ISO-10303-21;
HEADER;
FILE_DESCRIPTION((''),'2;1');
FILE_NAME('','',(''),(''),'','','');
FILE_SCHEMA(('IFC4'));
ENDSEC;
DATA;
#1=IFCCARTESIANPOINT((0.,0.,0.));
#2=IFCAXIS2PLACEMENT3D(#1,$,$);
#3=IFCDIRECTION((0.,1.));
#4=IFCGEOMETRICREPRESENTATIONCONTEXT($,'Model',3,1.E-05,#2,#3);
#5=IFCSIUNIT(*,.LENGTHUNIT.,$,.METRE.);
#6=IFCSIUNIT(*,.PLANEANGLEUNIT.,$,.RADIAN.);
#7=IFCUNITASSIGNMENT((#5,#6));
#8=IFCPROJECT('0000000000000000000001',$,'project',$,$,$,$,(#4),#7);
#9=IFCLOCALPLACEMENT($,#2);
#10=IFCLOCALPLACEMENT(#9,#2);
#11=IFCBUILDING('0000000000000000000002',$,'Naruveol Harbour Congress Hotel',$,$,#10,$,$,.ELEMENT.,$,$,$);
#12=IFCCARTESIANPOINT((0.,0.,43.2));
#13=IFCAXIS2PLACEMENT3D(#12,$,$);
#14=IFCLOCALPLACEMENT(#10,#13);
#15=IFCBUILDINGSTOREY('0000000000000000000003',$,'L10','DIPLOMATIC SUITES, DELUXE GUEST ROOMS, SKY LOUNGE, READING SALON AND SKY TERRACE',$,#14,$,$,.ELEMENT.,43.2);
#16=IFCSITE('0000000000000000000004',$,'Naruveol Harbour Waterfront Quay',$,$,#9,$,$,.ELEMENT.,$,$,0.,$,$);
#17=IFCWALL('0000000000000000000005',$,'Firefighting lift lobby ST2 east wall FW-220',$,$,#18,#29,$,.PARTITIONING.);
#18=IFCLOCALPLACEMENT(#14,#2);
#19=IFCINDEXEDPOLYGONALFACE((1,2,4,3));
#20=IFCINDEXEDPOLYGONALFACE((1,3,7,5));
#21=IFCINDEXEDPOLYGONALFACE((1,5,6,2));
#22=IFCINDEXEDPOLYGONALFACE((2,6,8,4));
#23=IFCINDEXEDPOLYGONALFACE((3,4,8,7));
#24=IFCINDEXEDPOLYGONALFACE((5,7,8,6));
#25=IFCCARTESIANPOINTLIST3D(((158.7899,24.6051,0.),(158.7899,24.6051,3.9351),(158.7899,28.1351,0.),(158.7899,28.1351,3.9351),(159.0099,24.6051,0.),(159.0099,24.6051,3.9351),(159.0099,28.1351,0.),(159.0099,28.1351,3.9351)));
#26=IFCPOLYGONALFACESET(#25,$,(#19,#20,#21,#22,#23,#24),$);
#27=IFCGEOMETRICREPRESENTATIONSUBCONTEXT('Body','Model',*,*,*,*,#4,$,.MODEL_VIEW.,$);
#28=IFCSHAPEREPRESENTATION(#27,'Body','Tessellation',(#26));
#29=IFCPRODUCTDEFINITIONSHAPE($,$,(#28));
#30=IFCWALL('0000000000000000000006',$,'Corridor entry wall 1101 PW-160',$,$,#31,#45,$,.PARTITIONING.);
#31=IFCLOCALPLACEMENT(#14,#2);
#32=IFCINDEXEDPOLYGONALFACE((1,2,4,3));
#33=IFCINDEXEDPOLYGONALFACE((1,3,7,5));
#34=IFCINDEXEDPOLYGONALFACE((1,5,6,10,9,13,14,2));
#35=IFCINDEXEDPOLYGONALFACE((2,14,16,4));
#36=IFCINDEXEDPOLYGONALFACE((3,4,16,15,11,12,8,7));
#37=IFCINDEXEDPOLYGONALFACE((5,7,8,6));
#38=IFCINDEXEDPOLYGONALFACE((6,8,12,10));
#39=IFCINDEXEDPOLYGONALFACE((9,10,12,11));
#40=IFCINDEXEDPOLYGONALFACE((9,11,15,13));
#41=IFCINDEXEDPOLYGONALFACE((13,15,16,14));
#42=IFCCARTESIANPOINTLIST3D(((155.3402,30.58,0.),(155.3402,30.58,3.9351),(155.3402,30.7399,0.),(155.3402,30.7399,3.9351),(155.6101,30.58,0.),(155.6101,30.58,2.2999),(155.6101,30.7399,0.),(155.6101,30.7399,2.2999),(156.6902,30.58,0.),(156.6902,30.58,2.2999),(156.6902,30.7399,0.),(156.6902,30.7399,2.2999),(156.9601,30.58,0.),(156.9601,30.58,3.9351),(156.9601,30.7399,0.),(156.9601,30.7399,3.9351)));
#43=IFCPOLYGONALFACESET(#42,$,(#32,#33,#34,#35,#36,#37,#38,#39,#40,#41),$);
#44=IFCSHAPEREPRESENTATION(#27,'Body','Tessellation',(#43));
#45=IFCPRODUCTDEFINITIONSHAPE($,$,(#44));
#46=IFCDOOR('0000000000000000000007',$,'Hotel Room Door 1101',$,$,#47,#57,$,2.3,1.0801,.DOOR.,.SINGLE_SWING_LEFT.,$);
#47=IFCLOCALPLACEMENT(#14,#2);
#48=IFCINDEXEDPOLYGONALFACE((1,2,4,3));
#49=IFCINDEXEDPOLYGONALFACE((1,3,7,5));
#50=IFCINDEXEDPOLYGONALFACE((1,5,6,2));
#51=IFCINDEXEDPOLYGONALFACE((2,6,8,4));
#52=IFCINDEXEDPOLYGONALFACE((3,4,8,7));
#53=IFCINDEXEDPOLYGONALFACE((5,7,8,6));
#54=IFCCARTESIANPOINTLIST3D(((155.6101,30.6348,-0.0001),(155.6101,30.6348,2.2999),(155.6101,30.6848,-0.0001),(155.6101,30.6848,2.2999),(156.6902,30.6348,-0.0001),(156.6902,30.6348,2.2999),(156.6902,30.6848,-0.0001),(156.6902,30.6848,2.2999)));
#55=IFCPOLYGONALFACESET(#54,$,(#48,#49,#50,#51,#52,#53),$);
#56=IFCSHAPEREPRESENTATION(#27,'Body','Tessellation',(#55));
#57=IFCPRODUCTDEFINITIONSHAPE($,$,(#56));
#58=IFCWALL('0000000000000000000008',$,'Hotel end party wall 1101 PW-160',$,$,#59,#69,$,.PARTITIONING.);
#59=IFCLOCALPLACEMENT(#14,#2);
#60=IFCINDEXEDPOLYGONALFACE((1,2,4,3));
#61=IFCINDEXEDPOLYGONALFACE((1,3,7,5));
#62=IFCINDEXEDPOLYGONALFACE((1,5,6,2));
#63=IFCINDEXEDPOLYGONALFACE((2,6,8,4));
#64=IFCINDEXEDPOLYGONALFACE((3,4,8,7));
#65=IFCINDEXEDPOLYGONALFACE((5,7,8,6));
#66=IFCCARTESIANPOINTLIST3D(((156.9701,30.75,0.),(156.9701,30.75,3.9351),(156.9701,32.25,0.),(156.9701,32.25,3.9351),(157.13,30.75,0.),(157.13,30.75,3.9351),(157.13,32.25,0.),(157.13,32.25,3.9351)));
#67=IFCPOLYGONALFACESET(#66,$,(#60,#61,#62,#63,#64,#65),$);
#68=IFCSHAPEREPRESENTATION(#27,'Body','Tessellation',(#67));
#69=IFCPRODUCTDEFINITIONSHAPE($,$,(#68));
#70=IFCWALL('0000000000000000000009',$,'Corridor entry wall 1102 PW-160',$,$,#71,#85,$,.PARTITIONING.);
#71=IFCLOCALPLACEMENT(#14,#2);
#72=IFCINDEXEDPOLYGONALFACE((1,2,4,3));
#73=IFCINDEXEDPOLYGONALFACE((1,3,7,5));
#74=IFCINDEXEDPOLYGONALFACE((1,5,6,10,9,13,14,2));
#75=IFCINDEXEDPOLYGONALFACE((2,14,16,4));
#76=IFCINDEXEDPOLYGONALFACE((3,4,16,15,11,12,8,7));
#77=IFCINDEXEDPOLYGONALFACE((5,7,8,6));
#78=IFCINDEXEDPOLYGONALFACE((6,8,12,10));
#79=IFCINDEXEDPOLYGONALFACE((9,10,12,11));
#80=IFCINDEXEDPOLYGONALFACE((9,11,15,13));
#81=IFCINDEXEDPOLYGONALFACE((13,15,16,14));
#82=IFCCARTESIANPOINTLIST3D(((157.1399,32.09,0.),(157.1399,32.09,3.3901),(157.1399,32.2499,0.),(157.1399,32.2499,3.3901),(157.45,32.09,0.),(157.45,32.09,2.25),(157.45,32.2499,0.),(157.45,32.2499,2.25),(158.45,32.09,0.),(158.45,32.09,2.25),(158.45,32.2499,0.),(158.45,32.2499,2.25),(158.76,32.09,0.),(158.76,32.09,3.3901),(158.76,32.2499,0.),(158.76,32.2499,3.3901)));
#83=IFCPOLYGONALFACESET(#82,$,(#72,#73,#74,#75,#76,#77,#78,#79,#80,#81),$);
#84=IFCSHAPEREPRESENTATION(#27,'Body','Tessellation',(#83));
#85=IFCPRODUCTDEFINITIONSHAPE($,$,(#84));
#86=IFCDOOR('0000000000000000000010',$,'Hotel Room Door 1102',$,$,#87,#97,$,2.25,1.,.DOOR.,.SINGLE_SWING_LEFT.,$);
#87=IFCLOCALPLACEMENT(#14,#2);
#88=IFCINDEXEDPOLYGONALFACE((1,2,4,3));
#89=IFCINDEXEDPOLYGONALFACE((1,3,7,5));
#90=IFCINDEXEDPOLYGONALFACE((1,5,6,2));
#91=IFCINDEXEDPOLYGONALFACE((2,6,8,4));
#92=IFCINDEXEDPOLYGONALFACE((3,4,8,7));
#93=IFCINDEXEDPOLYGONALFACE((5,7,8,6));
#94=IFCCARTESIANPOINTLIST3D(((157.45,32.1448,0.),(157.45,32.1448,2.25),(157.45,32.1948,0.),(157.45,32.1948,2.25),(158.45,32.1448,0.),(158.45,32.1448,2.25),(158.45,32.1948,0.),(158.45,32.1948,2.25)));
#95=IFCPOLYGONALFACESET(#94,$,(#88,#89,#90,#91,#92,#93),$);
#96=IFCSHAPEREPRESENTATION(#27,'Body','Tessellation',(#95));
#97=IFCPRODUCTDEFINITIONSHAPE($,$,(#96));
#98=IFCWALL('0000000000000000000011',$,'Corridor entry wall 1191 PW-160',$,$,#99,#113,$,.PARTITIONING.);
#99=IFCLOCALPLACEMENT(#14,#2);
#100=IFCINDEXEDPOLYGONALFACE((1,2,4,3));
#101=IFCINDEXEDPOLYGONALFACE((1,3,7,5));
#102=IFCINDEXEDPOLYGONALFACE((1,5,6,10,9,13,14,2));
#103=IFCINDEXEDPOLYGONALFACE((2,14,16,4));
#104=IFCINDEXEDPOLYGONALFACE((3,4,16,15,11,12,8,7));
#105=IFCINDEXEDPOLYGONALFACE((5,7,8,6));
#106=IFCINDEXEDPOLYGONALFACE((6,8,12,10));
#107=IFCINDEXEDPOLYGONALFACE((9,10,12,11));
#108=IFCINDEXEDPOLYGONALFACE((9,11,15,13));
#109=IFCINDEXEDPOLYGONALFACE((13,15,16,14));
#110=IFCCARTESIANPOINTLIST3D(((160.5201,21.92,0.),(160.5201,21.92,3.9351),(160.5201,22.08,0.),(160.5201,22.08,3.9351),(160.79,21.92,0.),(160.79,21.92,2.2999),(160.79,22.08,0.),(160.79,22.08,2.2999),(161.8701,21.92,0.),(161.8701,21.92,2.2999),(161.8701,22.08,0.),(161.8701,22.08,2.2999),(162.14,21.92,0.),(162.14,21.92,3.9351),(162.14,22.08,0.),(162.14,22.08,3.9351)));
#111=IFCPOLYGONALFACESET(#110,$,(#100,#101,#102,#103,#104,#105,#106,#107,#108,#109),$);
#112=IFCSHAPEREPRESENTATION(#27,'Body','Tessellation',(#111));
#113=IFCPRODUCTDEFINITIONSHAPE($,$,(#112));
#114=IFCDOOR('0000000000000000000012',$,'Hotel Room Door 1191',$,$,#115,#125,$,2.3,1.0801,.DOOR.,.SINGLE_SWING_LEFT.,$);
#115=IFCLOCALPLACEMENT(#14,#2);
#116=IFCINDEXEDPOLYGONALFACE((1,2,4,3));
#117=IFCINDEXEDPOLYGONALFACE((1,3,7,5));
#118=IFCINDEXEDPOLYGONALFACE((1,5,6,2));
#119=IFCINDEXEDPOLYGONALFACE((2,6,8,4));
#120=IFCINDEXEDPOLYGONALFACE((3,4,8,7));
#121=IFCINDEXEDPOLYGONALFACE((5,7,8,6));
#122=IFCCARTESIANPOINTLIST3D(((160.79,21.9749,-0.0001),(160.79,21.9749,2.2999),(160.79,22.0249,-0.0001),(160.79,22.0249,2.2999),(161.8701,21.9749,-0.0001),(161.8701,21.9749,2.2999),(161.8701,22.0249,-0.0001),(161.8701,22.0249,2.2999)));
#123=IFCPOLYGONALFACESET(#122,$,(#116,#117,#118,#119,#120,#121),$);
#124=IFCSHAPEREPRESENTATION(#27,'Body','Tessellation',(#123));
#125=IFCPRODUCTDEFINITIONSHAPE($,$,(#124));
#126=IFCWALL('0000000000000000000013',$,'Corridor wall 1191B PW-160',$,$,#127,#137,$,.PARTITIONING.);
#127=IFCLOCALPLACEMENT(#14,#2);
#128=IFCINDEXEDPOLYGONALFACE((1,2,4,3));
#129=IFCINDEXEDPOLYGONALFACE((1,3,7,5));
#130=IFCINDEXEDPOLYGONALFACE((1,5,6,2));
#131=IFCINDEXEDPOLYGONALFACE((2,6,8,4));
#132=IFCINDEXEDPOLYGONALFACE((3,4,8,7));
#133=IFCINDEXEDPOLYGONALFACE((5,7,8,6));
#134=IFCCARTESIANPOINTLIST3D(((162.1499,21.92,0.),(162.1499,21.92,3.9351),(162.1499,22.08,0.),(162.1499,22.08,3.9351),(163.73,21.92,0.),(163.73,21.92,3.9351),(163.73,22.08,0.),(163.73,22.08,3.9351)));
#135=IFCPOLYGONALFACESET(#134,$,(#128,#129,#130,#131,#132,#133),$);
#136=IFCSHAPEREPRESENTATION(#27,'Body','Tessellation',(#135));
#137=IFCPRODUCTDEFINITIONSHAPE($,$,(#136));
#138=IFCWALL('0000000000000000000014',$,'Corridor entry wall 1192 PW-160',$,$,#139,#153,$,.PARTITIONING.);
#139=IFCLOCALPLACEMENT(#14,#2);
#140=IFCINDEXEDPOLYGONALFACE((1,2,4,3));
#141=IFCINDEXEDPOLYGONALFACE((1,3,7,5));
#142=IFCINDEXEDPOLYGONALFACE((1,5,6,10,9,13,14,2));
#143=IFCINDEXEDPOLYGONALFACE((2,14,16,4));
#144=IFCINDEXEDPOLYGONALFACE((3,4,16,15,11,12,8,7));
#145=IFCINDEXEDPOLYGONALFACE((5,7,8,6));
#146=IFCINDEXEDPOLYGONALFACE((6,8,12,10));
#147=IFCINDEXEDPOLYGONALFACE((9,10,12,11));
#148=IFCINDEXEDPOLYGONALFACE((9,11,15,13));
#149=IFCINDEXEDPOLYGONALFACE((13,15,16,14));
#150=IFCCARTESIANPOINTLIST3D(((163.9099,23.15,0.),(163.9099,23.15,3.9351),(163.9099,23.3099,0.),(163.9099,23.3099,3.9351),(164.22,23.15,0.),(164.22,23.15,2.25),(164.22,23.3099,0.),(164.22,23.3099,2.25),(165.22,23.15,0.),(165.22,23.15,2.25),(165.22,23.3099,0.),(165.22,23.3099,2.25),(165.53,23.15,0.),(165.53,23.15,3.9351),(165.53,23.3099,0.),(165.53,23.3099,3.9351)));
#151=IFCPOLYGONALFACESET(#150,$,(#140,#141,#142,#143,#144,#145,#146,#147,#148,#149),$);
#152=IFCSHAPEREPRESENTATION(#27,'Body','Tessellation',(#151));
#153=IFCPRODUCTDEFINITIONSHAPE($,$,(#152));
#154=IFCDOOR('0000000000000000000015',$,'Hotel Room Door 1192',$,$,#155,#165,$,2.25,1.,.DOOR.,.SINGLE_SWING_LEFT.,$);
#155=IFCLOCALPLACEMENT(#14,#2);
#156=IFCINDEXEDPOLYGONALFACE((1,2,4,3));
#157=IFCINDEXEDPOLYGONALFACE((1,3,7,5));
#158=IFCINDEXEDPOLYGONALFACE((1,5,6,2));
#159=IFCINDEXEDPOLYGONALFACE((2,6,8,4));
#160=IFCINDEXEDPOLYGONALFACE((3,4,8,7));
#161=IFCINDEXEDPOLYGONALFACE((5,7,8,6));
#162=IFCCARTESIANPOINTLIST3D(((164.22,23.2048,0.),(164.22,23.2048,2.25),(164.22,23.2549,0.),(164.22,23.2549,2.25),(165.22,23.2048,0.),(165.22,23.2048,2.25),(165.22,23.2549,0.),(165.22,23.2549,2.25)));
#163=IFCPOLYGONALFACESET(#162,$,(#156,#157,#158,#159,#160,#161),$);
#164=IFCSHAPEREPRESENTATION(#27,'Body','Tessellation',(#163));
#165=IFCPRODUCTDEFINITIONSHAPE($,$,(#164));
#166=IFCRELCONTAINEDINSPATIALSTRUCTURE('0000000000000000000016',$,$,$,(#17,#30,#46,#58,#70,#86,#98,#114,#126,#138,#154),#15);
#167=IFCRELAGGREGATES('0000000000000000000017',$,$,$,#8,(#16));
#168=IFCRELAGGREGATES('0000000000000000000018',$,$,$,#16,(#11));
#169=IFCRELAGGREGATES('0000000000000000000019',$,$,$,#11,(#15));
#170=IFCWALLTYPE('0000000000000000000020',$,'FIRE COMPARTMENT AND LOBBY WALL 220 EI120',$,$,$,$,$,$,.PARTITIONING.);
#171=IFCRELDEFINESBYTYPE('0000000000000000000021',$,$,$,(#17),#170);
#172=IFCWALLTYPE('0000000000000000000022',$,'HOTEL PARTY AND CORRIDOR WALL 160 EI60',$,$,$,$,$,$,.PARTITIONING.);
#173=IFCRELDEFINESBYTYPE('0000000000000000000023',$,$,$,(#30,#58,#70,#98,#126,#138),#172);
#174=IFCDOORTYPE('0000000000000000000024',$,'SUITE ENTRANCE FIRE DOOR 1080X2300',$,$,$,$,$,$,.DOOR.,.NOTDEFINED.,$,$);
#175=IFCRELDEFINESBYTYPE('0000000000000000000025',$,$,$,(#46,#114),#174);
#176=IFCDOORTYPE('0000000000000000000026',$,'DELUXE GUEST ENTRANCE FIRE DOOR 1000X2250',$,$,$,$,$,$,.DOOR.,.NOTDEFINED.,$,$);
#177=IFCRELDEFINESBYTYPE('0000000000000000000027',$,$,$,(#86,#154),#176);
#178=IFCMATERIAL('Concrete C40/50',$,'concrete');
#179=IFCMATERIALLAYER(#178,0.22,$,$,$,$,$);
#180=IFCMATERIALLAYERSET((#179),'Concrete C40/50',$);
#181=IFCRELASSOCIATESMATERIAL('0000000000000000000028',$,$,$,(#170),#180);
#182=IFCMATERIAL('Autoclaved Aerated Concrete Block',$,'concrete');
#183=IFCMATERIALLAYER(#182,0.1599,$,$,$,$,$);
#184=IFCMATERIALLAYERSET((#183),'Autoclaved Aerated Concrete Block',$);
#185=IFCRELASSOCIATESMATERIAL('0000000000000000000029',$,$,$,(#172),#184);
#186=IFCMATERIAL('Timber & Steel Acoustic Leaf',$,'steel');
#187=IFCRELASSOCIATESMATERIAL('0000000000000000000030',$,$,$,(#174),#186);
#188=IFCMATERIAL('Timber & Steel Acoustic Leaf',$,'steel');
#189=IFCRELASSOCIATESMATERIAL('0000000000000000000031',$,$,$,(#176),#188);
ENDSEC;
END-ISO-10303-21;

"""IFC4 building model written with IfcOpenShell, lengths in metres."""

from ifc_helpers import new_model, si_unit, direction, frame, frame_2d, origin, place, context, subcontext, project, spatial, rectangle, extrude, material, layer, layer_set, type_object, element, fill, save


model = new_model("IFC4")

# Units and contexts
model_context = context("Model", 3, precision=1e-05, world=origin(), true_north=direction((0.0, 1.0)))
body_context = subcontext(model_context, "Body", "Model", "MODEL_VIEW")
ifc_project = project(units=[si_unit("LENGTHUNIT", "METRE"), si_unit("PLANEANGLEUNIT", "RADIAN")], contexts=[model_context])

# Site, building, storey
site_placement = place(None, origin())
site = spatial("IfcSite", under=ifc_project, at=site_placement, Name="Naruveol Harbour Waterfront Quay", CompositionType="ELEMENT", RefElevation=0.0)
building_placement = place(site_placement, origin())
building = spatial("IfcBuilding", under=site, at=building_placement, Name="Naruveol Harbour Congress Hotel", CompositionType="ELEMENT")
storey_placement = place(building_placement, frame((0.0, 0.0, 43.2)))
storey = spatial("IfcBuildingStorey", under=building, at=storey_placement, Name="L10", Description="DIPLOMATIC SUITES, DELUXE GUEST ROOMS, SKY LOUNGE, READING SALON AND SKY TERRACE", CompositionType="ELEMENT", Elevation=43.2)

# Wall
ifc_material_1 = material(Name="Concrete C40/50", Category="concrete")
ifc_layer_1 = layer(ifc_material_1, 0.22)
ifc_layer_set_1 = layer_set([ifc_layer_1], Name="Concrete C40/50")
wall_type_1 = type_object("IfcWallType", Name="FIRE COMPARTMENT AND LOBBY WALL 220 EI120", PredefinedType="PARTITIONING", material=ifc_layer_set_1)
wall_1_placement = place(storey_placement, frame((158.8999, 24.605, 0.0), z_axis=(0.0, 0.0, 1.0), x_axis=(0.0, 1.0, 0.0)))
element("IfcWall", 1, at=wall_1_placement, inside=storey, type_object=wall_type_1, Name="Firefighting lift lobby ST2 east wall FW-220", PredefinedType="PARTITIONING", context=body_context, shape_type="SweptSolid", body=[
    extrude(rectangle(XDim=3.53, YDim=0.22, at=frame_2d((1.7651, 0.0))), origin(), (0.0, 0.0, 1.0), 3.9351),
])

# Wall, opening, door
ifc_material_2 = material(Name="Autoclaved Aerated Concrete Block", Category="concrete")
ifc_layer_2 = layer(ifc_material_2, 0.1599)
ifc_layer_set_2 = layer_set([ifc_layer_2], Name="Autoclaved Aerated Concrete Block")
wall_type_2 = type_object("IfcWallType", Name="HOTEL PARTY AND CORRIDOR WALL 160 EI60", PredefinedType="PARTITIONING", material=ifc_layer_set_2)
wall_2_placement = place(storey_placement, frame((155.3401, 30.6599, 0.0), z_axis=(0.0, 0.0, 1.0), x_axis=(1.0, 0.0, 0.0)))
wall_2 = element("IfcWall", 2, at=wall_2_placement, inside=storey, type_object=wall_type_2, Name="Corridor entry wall 1101 PW-160", PredefinedType="PARTITIONING", context=body_context, shape_type="SweptSolid", body=[
    extrude(rectangle(XDim=1.6199, YDim=0.1599, at=frame_2d((0.8101, 0.0))), origin(), (0.0, 0.0, 1.0), 3.9351),
])
opening_1_placement = place(wall_2_placement, frame((0.27, 0.0, 0.0)))
opening_1 = element("IfcOpeningElement", 3, at=opening_1_placement, cuts=wall_2, PredefinedType="OPENING", context=body_context, shape_type="SweptSolid", body=[
    extrude(rectangle(XDim=1.0801, YDim=2.3, at=frame_2d((0.54, 1.1499))), frame((0.0, 0.0898, 0.0), z_axis=(0.0, -1.0, 0.0), x_axis=(1.0, 0.0, 0.0)), (0.0, 0.0, 1.0), 0.1799),
])
ifc_material_3 = material(Name="Timber & Steel Acoustic Leaf", Category="steel")
door_type_1 = type_object("IfcDoorType", Name="SUITE ENTRANCE FIRE DOOR 1080X2300", OperationType="NOTDEFINED", PredefinedType="DOOR", material=ifc_material_3)
door_1_placement = place(opening_1_placement, origin())
door_1 = element("IfcDoor", 4, at=door_1_placement, inside=storey, type_object=door_type_1, Name="Hotel Room Door 1101", OperationType="SINGLE_SWING_LEFT", OverallHeight=2.3, OverallWidth=1.0801, PredefinedType="DOOR", context=body_context, shape_type="SweptSolid", body=[
    extrude(rectangle(XDim=1.0801, YDim=2.3, at=frame_2d((0.54, 1.1499))), frame((0.0, 0.0249, 0.0), z_axis=(0.0, -1.0, 0.0), x_axis=(1.0, 0.0, 0.0)), (0.0, 0.0, 1.0), 0.05),
])
fill(opening_1, door_1)

# Wall
wall_3_placement = place(storey_placement, frame((157.05, 30.75, 0.0), z_axis=(0.0, 0.0, 1.0), x_axis=(0.0, 1.0, 0.0)))
element("IfcWall", 5, at=wall_3_placement, inside=storey, type_object=wall_type_2, Name="Hotel end party wall 1101 PW-160", PredefinedType="PARTITIONING", context=body_context, shape_type="SweptSolid", body=[
    extrude(rectangle(XDim=1.5, YDim=0.1599, at=frame_2d((0.75, 0.0))), origin(), (0.0, 0.0, 1.0), 3.9351),
])

# Walls, openings, doors
wall_4_placement = place(storey_placement, frame((157.1399, 32.1699, 0.0), z_axis=(0.0, 0.0, 1.0), x_axis=(1.0, 0.0, 0.0)))
wall_4 = element("IfcWall", 6, at=wall_4_placement, inside=storey, type_object=wall_type_2, Name="Corridor entry wall 1102 PW-160", PredefinedType="PARTITIONING", context=body_context, shape_type="SweptSolid", body=[
    extrude(rectangle(XDim=1.6201, YDim=0.1599, at=frame_2d((0.8101, 0.0))), origin(), (0.0, 0.0, 1.0), 3.3901),
])
opening_2_placement = place(wall_4_placement, frame((0.3101, 0.0, 0.0)))
opening_2 = element("IfcOpeningElement", 7, at=opening_2_placement, cuts=wall_4, PredefinedType="OPENING", context=body_context, shape_type="SweptSolid", body=[
    extrude(rectangle(XDim=1.0, YDim=2.25, at=frame_2d((0.5, 1.125))), frame((0.0, 0.0898, 0.0), z_axis=(0.0, -1.0, 0.0), x_axis=(1.0, 0.0, 0.0)), (0.0, 0.0, 1.0), 0.1799),
])
ifc_material_4 = material(Name="Timber & Steel Acoustic Leaf", Category="steel")
door_type_2 = type_object("IfcDoorType", Name="DELUXE GUEST ENTRANCE FIRE DOOR 1000X2250", OperationType="NOTDEFINED", PredefinedType="DOOR", material=ifc_material_4)
door_2_placement = place(opening_2_placement, origin())
door_2 = element("IfcDoor", 8, at=door_2_placement, inside=storey, type_object=door_type_2, Name="Hotel Room Door 1102", OperationType="SINGLE_SWING_LEFT", OverallHeight=2.25, OverallWidth=1.0, PredefinedType="DOOR", context=body_context, shape_type="SweptSolid", body=[
    extrude(rectangle(XDim=1.0, YDim=2.25, at=frame_2d((0.5, 1.125))), frame((0.0, 0.0249, 0.0), z_axis=(0.0, -1.0, 0.0), x_axis=(1.0, 0.0, 0.0)), (0.0, 0.0, 1.0), 0.05),
])
fill(opening_2, door_2)
wall_5_placement = place(storey_placement, frame((160.52, 22.0, 0.0), z_axis=(0.0, 0.0, 1.0), x_axis=(1.0, 0.0, 0.0)))
wall_5 = element("IfcWall", 9, at=wall_5_placement, inside=storey, type_object=wall_type_2, Name="Corridor entry wall 1191 PW-160", PredefinedType="PARTITIONING", context=body_context, shape_type="SweptSolid", body=[
    extrude(rectangle(XDim=1.6199, YDim=0.1599, at=frame_2d((0.8101, 0.0))), origin(), (0.0, 0.0, 1.0), 3.9351),
])
opening_3_placement = place(wall_5_placement, frame((0.27, 0.0, 0.0)))
opening_3 = element("IfcOpeningElement", 10, at=opening_3_placement, cuts=wall_5, PredefinedType="OPENING", context=body_context, shape_type="SweptSolid", body=[
    extrude(rectangle(XDim=1.0801, YDim=2.3, at=frame_2d((0.54, 1.1499))), frame((0.0, 0.0898, 0.0), z_axis=(0.0, -1.0, 0.0), x_axis=(1.0, 0.0, 0.0)), (0.0, 0.0, 1.0), 0.1799),
])
door_3_placement = place(opening_3_placement, origin())
door_3 = element("IfcDoor", 11, at=door_3_placement, inside=storey, type_object=door_type_1, Name="Hotel Room Door 1191", OperationType="SINGLE_SWING_LEFT", OverallHeight=2.3, OverallWidth=1.0801, PredefinedType="DOOR", context=body_context, shape_type="SweptSolid", body=[
    extrude(rectangle(XDim=1.0801, YDim=2.3, at=frame_2d((0.54, 1.1499))), frame((0.0, 0.0249, 0.0), z_axis=(0.0, -1.0, 0.0), x_axis=(1.0, 0.0, 0.0)), (0.0, 0.0, 1.0), 0.05),
])
fill(opening_3, door_3)

# Wall
wall_6_placement = place(storey_placement, frame((162.1499, 22.0, 0.0), z_axis=(0.0, 0.0, 1.0), x_axis=(1.0, 0.0, 0.0)))
element("IfcWall", 12, at=wall_6_placement, inside=storey, type_object=wall_type_2, Name="Corridor wall 1191B PW-160", PredefinedType="PARTITIONING", context=body_context, shape_type="SweptSolid", body=[
    extrude(rectangle(XDim=1.5801, YDim=0.1599, at=frame_2d((0.79, 0.0))), origin(), (0.0, 0.0, 1.0), 3.9351),
])

# Wall, opening, door
wall_7_placement = place(storey_placement, frame((163.9099, 23.23, 0.0), z_axis=(0.0, 0.0, 1.0), x_axis=(1.0, 0.0, 0.0)))
wall_7 = element("IfcWall", 13, at=wall_7_placement, inside=storey, type_object=wall_type_2, Name="Corridor entry wall 1192 PW-160", PredefinedType="PARTITIONING", context=body_context, shape_type="SweptSolid", body=[
    extrude(rectangle(XDim=1.6201, YDim=0.1599, at=frame_2d((0.8101, 0.0))), origin(), (0.0, 0.0, 1.0), 3.9351),
])
opening_4_placement = place(wall_7_placement, frame((0.3101, 0.0, 0.0)))
opening_4 = element("IfcOpeningElement", 14, at=opening_4_placement, cuts=wall_7, PredefinedType="OPENING", context=body_context, shape_type="SweptSolid", body=[
    extrude(rectangle(XDim=1.0, YDim=2.25, at=frame_2d((0.5, 1.125))), frame((0.0, 0.0898, 0.0), z_axis=(0.0, -1.0, 0.0), x_axis=(1.0, 0.0, 0.0)), (0.0, 0.0, 1.0), 0.1799),
])
door_4_placement = place(opening_4_placement, origin())
door_4 = element("IfcDoor", 15, at=door_4_placement, inside=storey, type_object=door_type_2, Name="Hotel Room Door 1192", OperationType="SINGLE_SWING_LEFT", OverallHeight=2.25, OverallWidth=1.0, PredefinedType="DOOR", context=body_context, shape_type="SweptSolid", body=[
    extrude(rectangle(XDim=1.0, YDim=2.25, at=frame_2d((0.5, 1.125))), frame((0.0, 0.0249, 0.0), z_axis=(0.0, -1.0, 0.0), x_axis=(1.0, 0.0, 0.0)), (0.0, 0.0, 1.0), 0.05),
])
fill(opening_4, door_4)

save(model, "model.ifc")
